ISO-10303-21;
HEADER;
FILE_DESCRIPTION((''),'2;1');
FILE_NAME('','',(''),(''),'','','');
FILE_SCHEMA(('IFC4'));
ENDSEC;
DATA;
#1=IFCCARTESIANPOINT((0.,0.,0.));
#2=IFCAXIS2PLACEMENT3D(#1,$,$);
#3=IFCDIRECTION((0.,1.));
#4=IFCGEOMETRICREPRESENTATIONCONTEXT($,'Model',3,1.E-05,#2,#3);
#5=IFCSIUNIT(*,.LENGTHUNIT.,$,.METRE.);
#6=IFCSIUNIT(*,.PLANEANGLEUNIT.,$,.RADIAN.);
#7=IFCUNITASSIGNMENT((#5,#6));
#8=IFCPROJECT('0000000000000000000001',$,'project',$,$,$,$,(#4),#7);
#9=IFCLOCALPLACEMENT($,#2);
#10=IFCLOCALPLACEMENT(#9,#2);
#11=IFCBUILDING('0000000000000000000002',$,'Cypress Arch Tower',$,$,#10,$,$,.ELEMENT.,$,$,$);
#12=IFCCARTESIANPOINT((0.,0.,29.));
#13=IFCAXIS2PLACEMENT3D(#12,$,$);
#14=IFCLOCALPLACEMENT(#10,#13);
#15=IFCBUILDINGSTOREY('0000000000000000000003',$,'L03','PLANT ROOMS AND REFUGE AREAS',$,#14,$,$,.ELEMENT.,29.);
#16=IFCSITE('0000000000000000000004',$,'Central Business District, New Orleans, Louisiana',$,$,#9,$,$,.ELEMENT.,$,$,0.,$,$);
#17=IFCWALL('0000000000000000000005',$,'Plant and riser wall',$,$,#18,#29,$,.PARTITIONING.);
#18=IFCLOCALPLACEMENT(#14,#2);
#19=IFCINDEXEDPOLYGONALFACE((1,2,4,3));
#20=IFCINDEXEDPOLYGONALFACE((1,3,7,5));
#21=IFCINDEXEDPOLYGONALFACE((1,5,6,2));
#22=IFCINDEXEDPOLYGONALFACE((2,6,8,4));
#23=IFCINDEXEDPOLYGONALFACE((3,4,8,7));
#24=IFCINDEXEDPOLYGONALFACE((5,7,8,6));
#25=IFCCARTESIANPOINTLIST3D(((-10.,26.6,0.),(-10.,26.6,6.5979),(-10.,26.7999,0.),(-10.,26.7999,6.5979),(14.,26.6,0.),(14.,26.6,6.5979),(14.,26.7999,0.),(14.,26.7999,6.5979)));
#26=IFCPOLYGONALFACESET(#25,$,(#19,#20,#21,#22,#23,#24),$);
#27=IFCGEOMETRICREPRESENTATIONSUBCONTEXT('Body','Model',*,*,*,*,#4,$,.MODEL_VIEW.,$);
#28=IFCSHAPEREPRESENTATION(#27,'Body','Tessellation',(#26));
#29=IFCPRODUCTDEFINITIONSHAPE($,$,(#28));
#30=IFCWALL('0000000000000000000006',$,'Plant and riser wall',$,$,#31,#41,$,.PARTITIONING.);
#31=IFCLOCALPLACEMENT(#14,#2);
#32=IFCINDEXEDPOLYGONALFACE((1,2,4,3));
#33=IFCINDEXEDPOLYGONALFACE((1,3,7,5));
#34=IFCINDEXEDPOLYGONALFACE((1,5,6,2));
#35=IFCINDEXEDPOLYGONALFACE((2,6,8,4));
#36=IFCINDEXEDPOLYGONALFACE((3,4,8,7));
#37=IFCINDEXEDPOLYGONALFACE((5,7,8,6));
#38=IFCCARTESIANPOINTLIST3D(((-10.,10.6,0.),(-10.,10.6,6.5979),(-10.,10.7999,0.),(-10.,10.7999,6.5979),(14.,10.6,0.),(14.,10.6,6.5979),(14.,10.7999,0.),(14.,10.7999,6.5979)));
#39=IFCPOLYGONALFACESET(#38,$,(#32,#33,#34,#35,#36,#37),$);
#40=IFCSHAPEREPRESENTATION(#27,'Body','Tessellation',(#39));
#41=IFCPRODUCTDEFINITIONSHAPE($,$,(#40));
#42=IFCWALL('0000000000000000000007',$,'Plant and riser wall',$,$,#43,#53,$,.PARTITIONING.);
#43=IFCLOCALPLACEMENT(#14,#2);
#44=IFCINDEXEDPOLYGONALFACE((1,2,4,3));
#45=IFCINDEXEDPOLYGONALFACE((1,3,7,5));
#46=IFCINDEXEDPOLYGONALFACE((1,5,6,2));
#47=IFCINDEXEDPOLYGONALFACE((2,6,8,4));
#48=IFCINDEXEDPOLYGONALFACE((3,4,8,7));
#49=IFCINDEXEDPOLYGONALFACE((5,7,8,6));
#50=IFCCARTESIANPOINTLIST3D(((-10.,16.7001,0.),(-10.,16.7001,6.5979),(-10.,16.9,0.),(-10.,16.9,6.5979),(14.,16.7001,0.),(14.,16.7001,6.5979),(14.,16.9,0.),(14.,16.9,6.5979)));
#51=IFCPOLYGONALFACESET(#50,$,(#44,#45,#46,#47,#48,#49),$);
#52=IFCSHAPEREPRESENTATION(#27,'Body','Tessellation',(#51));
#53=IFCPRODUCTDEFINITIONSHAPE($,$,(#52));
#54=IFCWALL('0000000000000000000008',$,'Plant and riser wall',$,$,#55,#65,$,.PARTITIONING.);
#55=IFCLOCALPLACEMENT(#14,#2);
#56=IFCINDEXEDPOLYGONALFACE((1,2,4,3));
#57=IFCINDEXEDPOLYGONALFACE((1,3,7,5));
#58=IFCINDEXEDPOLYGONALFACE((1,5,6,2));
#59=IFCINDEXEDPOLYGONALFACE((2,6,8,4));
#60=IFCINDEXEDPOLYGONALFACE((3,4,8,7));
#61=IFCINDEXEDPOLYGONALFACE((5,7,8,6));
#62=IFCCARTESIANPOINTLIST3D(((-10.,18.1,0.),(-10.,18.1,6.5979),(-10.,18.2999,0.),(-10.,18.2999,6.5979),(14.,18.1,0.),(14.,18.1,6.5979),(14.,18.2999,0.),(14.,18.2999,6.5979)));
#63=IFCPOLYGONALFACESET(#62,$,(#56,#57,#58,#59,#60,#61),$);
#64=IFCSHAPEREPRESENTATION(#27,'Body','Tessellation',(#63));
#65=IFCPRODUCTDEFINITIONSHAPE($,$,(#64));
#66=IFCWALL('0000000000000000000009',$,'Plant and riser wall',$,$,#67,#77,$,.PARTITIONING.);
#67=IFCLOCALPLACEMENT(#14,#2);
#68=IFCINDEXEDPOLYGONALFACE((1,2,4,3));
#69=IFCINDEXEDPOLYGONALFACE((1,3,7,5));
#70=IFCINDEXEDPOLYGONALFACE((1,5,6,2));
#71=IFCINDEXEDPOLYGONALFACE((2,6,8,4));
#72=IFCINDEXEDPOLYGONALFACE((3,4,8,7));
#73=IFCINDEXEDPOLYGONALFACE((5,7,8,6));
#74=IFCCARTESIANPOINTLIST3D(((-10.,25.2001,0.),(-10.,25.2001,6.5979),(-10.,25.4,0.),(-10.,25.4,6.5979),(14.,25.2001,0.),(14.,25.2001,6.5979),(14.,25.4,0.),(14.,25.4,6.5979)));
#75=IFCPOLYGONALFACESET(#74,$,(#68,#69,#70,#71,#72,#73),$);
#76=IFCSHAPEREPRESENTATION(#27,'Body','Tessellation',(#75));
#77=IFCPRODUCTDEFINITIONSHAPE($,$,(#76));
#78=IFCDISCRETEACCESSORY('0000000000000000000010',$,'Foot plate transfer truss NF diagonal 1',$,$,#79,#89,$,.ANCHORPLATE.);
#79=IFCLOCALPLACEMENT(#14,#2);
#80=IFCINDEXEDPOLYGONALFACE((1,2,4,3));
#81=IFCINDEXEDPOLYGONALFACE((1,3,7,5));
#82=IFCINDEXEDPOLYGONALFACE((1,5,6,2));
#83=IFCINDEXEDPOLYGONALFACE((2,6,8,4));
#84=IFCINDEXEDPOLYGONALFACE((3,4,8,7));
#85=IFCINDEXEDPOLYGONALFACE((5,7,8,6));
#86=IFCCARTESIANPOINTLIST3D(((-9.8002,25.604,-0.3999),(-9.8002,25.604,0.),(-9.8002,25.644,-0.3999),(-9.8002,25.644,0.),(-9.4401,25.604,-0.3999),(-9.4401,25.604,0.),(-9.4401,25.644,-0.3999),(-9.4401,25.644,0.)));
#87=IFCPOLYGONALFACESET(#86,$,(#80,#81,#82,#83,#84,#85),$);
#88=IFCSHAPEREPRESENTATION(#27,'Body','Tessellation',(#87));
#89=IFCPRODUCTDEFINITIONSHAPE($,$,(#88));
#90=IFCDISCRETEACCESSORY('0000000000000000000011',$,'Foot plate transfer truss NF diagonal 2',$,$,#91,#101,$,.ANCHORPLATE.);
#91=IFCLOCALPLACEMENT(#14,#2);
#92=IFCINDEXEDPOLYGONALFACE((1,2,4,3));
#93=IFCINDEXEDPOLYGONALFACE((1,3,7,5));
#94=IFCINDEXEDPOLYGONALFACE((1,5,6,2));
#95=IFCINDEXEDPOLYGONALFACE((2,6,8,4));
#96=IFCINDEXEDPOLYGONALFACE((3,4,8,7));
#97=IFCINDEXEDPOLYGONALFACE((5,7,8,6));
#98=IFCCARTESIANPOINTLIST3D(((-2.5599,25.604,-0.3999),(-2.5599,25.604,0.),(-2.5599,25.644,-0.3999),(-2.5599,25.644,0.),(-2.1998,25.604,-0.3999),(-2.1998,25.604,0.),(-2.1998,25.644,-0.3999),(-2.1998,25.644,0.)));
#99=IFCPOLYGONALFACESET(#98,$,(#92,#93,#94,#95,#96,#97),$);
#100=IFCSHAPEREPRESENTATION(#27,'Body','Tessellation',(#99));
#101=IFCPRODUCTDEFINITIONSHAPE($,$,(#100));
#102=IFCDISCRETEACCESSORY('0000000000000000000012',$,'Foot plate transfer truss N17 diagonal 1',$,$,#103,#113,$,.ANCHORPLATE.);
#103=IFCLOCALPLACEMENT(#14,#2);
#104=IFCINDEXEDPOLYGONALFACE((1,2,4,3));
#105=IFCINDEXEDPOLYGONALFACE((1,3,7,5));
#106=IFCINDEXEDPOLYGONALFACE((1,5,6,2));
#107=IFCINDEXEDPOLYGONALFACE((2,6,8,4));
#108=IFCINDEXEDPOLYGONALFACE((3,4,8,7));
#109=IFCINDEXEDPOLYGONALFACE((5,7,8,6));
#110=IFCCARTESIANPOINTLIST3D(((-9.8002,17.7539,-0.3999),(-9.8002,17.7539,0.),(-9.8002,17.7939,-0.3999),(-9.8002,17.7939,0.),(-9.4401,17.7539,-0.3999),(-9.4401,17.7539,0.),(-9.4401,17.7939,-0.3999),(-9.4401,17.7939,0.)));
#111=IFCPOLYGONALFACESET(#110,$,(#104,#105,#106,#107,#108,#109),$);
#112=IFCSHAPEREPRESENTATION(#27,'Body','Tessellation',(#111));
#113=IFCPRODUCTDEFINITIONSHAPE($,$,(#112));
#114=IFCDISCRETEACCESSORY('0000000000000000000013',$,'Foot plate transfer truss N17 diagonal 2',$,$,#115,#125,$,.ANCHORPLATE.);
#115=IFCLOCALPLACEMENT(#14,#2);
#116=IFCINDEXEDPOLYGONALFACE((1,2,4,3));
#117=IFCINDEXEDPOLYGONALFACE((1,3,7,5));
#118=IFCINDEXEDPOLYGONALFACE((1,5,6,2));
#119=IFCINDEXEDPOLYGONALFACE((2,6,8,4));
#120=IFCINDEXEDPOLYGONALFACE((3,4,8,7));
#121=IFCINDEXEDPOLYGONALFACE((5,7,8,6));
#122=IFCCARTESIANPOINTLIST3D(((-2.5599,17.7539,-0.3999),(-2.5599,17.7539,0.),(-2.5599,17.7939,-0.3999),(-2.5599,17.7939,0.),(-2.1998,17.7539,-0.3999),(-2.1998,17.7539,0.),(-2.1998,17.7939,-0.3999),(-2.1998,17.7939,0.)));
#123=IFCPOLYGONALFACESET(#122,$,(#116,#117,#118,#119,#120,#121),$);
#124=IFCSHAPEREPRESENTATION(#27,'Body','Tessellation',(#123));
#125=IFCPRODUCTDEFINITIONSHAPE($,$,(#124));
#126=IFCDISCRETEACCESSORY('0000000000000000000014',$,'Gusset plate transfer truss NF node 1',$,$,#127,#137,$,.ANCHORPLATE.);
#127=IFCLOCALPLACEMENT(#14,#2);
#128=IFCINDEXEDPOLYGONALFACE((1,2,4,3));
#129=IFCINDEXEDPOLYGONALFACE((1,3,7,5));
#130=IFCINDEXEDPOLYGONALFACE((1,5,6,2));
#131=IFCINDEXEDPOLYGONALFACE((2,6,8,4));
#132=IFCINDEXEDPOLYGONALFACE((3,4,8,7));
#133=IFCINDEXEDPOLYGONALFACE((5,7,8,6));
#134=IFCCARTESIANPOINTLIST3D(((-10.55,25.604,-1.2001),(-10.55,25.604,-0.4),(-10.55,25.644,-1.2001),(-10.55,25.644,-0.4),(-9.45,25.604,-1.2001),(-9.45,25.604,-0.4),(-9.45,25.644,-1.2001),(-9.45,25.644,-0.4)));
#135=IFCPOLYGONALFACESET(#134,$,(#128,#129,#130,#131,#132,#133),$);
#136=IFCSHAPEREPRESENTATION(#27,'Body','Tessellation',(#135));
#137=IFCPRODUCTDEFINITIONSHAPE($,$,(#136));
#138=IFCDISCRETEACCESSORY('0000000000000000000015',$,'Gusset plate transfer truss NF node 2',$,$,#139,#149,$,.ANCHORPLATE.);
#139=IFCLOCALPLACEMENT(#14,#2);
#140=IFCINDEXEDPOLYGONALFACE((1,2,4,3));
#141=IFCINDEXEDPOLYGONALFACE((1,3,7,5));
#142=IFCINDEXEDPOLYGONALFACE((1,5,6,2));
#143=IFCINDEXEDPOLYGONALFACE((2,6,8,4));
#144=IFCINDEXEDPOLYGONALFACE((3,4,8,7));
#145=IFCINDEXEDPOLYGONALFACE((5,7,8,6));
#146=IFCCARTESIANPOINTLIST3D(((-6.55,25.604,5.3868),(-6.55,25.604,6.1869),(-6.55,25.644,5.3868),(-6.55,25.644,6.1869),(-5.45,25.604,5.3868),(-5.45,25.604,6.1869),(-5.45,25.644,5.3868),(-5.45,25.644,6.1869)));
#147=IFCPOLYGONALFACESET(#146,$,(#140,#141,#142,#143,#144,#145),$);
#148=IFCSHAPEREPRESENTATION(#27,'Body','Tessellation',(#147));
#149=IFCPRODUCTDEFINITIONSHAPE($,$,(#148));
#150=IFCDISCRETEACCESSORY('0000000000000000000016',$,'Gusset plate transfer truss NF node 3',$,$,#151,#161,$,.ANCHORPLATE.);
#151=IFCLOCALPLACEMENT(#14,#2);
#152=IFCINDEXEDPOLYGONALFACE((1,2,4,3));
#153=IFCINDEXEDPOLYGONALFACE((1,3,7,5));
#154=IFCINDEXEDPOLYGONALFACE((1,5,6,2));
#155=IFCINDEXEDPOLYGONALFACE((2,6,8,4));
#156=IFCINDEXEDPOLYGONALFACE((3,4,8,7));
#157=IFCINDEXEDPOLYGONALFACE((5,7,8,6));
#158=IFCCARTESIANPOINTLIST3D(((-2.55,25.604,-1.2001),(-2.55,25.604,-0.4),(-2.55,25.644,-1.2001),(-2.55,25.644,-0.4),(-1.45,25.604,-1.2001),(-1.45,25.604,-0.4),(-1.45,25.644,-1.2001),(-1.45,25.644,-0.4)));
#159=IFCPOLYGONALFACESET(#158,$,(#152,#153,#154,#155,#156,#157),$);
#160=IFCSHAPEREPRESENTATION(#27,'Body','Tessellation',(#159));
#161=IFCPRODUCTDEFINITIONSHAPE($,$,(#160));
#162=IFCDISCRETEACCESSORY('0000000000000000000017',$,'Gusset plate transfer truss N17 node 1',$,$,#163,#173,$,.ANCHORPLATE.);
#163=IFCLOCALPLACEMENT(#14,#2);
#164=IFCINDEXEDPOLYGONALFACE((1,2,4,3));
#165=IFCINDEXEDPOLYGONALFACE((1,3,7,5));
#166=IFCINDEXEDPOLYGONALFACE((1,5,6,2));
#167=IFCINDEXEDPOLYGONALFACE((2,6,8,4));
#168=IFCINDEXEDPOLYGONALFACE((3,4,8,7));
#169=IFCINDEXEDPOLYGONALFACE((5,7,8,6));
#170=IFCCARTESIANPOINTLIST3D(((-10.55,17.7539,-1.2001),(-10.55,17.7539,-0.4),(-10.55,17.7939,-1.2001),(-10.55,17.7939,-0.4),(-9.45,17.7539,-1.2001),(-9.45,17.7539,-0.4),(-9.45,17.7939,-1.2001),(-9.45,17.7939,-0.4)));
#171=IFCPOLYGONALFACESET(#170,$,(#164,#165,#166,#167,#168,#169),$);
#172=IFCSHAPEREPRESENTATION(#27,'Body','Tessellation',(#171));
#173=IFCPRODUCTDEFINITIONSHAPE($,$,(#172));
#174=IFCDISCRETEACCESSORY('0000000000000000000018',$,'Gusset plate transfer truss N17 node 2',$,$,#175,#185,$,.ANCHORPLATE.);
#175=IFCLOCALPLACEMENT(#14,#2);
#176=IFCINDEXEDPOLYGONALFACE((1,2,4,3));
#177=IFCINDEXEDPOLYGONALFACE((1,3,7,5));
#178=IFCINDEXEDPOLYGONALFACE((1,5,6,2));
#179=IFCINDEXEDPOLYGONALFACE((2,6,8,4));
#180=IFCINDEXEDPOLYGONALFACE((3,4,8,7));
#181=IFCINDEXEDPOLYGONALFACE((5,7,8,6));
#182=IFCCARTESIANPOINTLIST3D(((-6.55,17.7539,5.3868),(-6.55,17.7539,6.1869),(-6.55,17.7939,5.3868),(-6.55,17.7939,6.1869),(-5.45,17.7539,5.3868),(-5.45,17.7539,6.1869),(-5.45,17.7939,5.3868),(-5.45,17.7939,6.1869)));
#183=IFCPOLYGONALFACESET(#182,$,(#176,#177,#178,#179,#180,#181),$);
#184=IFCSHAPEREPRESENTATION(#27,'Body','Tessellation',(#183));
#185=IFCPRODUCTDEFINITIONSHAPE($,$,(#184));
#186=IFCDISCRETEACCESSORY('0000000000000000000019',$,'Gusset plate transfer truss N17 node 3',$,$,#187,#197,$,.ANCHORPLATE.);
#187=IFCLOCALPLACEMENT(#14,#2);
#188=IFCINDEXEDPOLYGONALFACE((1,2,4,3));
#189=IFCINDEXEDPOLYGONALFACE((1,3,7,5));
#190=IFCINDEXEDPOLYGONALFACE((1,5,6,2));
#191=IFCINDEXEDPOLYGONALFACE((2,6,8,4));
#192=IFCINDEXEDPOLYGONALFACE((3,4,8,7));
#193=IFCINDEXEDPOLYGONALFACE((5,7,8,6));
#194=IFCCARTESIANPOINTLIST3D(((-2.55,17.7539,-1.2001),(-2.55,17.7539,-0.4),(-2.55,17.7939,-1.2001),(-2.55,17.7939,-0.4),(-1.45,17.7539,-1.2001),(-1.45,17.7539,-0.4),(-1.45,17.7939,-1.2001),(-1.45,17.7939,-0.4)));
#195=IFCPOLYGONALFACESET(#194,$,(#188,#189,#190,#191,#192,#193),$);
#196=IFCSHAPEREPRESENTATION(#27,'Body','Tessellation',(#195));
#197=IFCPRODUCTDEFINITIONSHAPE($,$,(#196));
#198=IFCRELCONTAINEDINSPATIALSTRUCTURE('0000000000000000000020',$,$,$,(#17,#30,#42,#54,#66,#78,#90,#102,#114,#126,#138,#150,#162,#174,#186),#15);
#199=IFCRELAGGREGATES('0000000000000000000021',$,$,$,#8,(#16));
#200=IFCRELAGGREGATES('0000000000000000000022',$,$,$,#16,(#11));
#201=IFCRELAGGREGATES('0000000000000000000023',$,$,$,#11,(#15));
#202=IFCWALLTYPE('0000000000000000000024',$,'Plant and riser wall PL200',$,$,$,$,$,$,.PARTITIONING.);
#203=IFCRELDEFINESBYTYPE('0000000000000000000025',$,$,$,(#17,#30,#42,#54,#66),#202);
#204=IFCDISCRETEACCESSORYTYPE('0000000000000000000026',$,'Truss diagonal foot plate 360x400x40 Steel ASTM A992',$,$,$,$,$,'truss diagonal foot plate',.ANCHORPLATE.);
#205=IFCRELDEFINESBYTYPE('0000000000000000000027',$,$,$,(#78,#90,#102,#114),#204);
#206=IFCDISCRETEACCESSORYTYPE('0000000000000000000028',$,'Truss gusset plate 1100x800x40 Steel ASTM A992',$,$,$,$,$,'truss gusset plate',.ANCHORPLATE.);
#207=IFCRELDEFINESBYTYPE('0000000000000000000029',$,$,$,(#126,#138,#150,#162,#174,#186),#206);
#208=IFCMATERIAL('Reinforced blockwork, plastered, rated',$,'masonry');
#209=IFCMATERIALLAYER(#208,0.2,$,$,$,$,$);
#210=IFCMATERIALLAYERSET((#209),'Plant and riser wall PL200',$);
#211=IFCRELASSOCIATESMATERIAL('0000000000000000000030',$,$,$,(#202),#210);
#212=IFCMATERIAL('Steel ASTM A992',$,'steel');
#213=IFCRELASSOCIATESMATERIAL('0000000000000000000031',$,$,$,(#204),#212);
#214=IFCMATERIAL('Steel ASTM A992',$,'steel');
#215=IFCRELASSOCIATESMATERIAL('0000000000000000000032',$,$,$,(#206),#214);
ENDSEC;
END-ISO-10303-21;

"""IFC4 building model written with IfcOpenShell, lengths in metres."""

from ifc_helpers import new_model, si_unit, direction, frame, frame_2d, origin, origin_2d, place, context, subcontext, project, spatial, rectangle, extrude, material, layer, layer_set, material_profile, profile_set, type_object, element, save


model = new_model("IFC4")

# Units and contexts
model_context = context("Model", 3, precision=1e-05, world=origin(), true_north=direction((0.0, 1.0)))
body_context = subcontext(model_context, "Body", "Model", "MODEL_VIEW")
ifc_project = project(units=[si_unit("LENGTHUNIT", "METRE"), si_unit("PLANEANGLEUNIT", "RADIAN")], contexts=[model_context])

# Site, building, storey
site_placement = place(None, origin())
site = spatial("IfcSite", under=ifc_project, at=site_placement, Name="Central Business District, New Orleans, Louisiana", CompositionType="ELEMENT", RefElevation=0.0)
building_placement = place(site_placement, origin())
building = spatial("IfcBuilding", under=site, at=building_placement, Name="Cypress Arch Tower", CompositionType="ELEMENT")
storey_placement = place(building_placement, frame((0.0, 0.0, 29.0)))
storey = spatial("IfcBuildingStorey", under=building, at=storey_placement, Name="L03", Description="PLANT ROOMS AND REFUGE AREAS", CompositionType="ELEMENT", Elevation=29.0)

# Walls
ifc_material_1 = material(Name="Reinforced blockwork, plastered, rated", Category="masonry")
ifc_layer_1 = layer(ifc_material_1, 0.2)
ifc_layer_set_1 = layer_set([ifc_layer_1], Name="Plant and riser wall PL200")
wall_type_1 = type_object("IfcWallType", Name="Plant and riser wall PL200", PredefinedType="PARTITIONING", material=ifc_layer_set_1)
for number, where, z_axis, x_axis, name in (
    (1, (-10.0, 26.7, 0.0), (0.0, 0.0, 1.0), (1.0, 0.0, 0.0), "Plant and riser wall"),
    (2, (-10.0, 10.7, 0.0), (0.0, 0.0, 1.0), (1.0, 0.0, 0.0), "Plant and riser wall"),
    (3, (-10.0, 16.8, 0.0), (0.0, 0.0, 1.0), (1.0, 0.0, 0.0), "Plant and riser wall"),
    (4, (-10.0, 18.2, 0.0), (0.0, 0.0, 1.0), (1.0, 0.0, 0.0), "Plant and riser wall"),
    (5, (-10.0, 25.3, 0.0), (0.0, 0.0, 1.0), (1.0, 0.0, 0.0), "Plant and riser wall"),
):
    element("IfcWall", number, at=place(storey_placement, frame(where, z_axis=z_axis, x_axis=x_axis)), inside=storey, type_object=wall_type_1, Name=name, PredefinedType="PARTITIONING", context=body_context, shape_type="SweptSolid", body=[
        extrude(rectangle(XDim=24.0, YDim=0.2, at=frame_2d((12.0, 0.0))), origin(), (0.0, 0.0, 1.0), 6.5979),
    ])

# Discrete accessories
ifc_material_2 = material(Name="Steel ASTM A992", Category="steel")
ifc_material_profile_1 = material_profile(ifc_material_2, rectangle(XDim=0.3601, YDim=0.3999, at=origin_2d()), Name="PL 40 360x400")
ifc_profile_set_1 = profile_set([ifc_material_profile_1], Name="Steel ASTM A992")
discrete_accessory_type_1 = type_object("IfcDiscreteAccessoryType", Name="Truss diagonal foot plate 360x400x40 Steel ASTM A992", ElementType="truss diagonal foot plate", PredefinedType="ANCHORPLATE", material=ifc_profile_set_1)
for number, where, z_axis, x_axis, name in (
    (6, (-9.6201, 25.604, -0.2), (0.0, 1.0, 0.0), (-1.0, 0.0, 0.0), "Foot plate transfer truss NF diagonal 1"),
    (7, (-2.3799, 25.604, -0.2), (0.0, 1.0, 0.0), (-1.0, 0.0, 0.0), "Foot plate transfer truss NF diagonal 2"),
    (8, (-9.6201, 17.7539, -0.2), (0.0, 1.0, 0.0), (-1.0, 0.0, 0.0), "Foot plate transfer truss N17 diagonal 1"),
    (9, (-2.3799, 17.7539, -0.2), (0.0, 1.0, 0.0), (-1.0, 0.0, 0.0), "Foot plate transfer truss N17 diagonal 2"),
):
    element("IfcDiscreteAccessory", number, at=place(storey_placement, frame(where, z_axis=z_axis, x_axis=x_axis)), inside=storey, type_object=discrete_accessory_type_1, Name=name, PredefinedType="ANCHORPLATE", context=body_context, shape_type="SweptSolid", body=[
        extrude(rectangle(XDim=0.3601, YDim=0.3999, at=origin_2d()), origin(), (0.0, 0.0, 1.0), 0.04),
    ])
ifc_material_3 = material(Name="Steel ASTM A992", Category="steel")
ifc_material_profile_2 = material_profile(ifc_material_3, rectangle(XDim=1.1001, YDim=0.8, at=origin_2d()), Name="PL 40 1100x800")
ifc_profile_set_2 = profile_set([ifc_material_profile_2], Name="Steel ASTM A992")
discrete_accessory_type_2 = type_object("IfcDiscreteAccessoryType", Name="Truss gusset plate 1100x800x40 Steel ASTM A992", ElementType="truss gusset plate", PredefinedType="ANCHORPLATE", material=ifc_profile_set_2)
for number, where, z_axis, x_axis, name in (
    (10, (-10.0, 25.604, -0.8), (0.0, 1.0, 0.0), (-1.0, 0.0, 0.0), "Gusset plate transfer truss NF node 1"),
    (11, (-6.0, 25.604, 5.7869), (0.0, 1.0, 0.0), (-1.0, 0.0, 0.0), "Gusset plate transfer truss NF node 2"),
    (12, (-2.0, 25.604, -0.8), (0.0, 1.0, 0.0), (-1.0, 0.0, 0.0), "Gusset plate transfer truss NF node 3"),
    (13, (-10.0, 17.7539, -0.8), (0.0, 1.0, 0.0), (-1.0, 0.0, 0.0), "Gusset plate transfer truss N17 node 1"),
    (14, (-6.0, 17.7539, 5.7869), (0.0, 1.0, 0.0), (-1.0, 0.0, 0.0), "Gusset plate transfer truss N17 node 2"),
    (15, (-2.0, 17.7539, -0.8), (0.0, 1.0, 0.0), (-1.0, 0.0, 0.0), "Gusset plate transfer truss N17 node 3"),
):
    element("IfcDiscreteAccessory", number, at=place(storey_placement, frame(where, z_axis=z_axis, x_axis=x_axis)), inside=storey, type_object=discrete_accessory_type_2, Name=name, PredefinedType="ANCHORPLATE", context=body_context, shape_type="SweptSolid", body=[
        extrude(rectangle(XDim=1.1001, YDim=0.8, at=origin_2d()), origin(), (0.0, 0.0, 1.0), 0.04),
    ])

save(model, "model.ifc")
